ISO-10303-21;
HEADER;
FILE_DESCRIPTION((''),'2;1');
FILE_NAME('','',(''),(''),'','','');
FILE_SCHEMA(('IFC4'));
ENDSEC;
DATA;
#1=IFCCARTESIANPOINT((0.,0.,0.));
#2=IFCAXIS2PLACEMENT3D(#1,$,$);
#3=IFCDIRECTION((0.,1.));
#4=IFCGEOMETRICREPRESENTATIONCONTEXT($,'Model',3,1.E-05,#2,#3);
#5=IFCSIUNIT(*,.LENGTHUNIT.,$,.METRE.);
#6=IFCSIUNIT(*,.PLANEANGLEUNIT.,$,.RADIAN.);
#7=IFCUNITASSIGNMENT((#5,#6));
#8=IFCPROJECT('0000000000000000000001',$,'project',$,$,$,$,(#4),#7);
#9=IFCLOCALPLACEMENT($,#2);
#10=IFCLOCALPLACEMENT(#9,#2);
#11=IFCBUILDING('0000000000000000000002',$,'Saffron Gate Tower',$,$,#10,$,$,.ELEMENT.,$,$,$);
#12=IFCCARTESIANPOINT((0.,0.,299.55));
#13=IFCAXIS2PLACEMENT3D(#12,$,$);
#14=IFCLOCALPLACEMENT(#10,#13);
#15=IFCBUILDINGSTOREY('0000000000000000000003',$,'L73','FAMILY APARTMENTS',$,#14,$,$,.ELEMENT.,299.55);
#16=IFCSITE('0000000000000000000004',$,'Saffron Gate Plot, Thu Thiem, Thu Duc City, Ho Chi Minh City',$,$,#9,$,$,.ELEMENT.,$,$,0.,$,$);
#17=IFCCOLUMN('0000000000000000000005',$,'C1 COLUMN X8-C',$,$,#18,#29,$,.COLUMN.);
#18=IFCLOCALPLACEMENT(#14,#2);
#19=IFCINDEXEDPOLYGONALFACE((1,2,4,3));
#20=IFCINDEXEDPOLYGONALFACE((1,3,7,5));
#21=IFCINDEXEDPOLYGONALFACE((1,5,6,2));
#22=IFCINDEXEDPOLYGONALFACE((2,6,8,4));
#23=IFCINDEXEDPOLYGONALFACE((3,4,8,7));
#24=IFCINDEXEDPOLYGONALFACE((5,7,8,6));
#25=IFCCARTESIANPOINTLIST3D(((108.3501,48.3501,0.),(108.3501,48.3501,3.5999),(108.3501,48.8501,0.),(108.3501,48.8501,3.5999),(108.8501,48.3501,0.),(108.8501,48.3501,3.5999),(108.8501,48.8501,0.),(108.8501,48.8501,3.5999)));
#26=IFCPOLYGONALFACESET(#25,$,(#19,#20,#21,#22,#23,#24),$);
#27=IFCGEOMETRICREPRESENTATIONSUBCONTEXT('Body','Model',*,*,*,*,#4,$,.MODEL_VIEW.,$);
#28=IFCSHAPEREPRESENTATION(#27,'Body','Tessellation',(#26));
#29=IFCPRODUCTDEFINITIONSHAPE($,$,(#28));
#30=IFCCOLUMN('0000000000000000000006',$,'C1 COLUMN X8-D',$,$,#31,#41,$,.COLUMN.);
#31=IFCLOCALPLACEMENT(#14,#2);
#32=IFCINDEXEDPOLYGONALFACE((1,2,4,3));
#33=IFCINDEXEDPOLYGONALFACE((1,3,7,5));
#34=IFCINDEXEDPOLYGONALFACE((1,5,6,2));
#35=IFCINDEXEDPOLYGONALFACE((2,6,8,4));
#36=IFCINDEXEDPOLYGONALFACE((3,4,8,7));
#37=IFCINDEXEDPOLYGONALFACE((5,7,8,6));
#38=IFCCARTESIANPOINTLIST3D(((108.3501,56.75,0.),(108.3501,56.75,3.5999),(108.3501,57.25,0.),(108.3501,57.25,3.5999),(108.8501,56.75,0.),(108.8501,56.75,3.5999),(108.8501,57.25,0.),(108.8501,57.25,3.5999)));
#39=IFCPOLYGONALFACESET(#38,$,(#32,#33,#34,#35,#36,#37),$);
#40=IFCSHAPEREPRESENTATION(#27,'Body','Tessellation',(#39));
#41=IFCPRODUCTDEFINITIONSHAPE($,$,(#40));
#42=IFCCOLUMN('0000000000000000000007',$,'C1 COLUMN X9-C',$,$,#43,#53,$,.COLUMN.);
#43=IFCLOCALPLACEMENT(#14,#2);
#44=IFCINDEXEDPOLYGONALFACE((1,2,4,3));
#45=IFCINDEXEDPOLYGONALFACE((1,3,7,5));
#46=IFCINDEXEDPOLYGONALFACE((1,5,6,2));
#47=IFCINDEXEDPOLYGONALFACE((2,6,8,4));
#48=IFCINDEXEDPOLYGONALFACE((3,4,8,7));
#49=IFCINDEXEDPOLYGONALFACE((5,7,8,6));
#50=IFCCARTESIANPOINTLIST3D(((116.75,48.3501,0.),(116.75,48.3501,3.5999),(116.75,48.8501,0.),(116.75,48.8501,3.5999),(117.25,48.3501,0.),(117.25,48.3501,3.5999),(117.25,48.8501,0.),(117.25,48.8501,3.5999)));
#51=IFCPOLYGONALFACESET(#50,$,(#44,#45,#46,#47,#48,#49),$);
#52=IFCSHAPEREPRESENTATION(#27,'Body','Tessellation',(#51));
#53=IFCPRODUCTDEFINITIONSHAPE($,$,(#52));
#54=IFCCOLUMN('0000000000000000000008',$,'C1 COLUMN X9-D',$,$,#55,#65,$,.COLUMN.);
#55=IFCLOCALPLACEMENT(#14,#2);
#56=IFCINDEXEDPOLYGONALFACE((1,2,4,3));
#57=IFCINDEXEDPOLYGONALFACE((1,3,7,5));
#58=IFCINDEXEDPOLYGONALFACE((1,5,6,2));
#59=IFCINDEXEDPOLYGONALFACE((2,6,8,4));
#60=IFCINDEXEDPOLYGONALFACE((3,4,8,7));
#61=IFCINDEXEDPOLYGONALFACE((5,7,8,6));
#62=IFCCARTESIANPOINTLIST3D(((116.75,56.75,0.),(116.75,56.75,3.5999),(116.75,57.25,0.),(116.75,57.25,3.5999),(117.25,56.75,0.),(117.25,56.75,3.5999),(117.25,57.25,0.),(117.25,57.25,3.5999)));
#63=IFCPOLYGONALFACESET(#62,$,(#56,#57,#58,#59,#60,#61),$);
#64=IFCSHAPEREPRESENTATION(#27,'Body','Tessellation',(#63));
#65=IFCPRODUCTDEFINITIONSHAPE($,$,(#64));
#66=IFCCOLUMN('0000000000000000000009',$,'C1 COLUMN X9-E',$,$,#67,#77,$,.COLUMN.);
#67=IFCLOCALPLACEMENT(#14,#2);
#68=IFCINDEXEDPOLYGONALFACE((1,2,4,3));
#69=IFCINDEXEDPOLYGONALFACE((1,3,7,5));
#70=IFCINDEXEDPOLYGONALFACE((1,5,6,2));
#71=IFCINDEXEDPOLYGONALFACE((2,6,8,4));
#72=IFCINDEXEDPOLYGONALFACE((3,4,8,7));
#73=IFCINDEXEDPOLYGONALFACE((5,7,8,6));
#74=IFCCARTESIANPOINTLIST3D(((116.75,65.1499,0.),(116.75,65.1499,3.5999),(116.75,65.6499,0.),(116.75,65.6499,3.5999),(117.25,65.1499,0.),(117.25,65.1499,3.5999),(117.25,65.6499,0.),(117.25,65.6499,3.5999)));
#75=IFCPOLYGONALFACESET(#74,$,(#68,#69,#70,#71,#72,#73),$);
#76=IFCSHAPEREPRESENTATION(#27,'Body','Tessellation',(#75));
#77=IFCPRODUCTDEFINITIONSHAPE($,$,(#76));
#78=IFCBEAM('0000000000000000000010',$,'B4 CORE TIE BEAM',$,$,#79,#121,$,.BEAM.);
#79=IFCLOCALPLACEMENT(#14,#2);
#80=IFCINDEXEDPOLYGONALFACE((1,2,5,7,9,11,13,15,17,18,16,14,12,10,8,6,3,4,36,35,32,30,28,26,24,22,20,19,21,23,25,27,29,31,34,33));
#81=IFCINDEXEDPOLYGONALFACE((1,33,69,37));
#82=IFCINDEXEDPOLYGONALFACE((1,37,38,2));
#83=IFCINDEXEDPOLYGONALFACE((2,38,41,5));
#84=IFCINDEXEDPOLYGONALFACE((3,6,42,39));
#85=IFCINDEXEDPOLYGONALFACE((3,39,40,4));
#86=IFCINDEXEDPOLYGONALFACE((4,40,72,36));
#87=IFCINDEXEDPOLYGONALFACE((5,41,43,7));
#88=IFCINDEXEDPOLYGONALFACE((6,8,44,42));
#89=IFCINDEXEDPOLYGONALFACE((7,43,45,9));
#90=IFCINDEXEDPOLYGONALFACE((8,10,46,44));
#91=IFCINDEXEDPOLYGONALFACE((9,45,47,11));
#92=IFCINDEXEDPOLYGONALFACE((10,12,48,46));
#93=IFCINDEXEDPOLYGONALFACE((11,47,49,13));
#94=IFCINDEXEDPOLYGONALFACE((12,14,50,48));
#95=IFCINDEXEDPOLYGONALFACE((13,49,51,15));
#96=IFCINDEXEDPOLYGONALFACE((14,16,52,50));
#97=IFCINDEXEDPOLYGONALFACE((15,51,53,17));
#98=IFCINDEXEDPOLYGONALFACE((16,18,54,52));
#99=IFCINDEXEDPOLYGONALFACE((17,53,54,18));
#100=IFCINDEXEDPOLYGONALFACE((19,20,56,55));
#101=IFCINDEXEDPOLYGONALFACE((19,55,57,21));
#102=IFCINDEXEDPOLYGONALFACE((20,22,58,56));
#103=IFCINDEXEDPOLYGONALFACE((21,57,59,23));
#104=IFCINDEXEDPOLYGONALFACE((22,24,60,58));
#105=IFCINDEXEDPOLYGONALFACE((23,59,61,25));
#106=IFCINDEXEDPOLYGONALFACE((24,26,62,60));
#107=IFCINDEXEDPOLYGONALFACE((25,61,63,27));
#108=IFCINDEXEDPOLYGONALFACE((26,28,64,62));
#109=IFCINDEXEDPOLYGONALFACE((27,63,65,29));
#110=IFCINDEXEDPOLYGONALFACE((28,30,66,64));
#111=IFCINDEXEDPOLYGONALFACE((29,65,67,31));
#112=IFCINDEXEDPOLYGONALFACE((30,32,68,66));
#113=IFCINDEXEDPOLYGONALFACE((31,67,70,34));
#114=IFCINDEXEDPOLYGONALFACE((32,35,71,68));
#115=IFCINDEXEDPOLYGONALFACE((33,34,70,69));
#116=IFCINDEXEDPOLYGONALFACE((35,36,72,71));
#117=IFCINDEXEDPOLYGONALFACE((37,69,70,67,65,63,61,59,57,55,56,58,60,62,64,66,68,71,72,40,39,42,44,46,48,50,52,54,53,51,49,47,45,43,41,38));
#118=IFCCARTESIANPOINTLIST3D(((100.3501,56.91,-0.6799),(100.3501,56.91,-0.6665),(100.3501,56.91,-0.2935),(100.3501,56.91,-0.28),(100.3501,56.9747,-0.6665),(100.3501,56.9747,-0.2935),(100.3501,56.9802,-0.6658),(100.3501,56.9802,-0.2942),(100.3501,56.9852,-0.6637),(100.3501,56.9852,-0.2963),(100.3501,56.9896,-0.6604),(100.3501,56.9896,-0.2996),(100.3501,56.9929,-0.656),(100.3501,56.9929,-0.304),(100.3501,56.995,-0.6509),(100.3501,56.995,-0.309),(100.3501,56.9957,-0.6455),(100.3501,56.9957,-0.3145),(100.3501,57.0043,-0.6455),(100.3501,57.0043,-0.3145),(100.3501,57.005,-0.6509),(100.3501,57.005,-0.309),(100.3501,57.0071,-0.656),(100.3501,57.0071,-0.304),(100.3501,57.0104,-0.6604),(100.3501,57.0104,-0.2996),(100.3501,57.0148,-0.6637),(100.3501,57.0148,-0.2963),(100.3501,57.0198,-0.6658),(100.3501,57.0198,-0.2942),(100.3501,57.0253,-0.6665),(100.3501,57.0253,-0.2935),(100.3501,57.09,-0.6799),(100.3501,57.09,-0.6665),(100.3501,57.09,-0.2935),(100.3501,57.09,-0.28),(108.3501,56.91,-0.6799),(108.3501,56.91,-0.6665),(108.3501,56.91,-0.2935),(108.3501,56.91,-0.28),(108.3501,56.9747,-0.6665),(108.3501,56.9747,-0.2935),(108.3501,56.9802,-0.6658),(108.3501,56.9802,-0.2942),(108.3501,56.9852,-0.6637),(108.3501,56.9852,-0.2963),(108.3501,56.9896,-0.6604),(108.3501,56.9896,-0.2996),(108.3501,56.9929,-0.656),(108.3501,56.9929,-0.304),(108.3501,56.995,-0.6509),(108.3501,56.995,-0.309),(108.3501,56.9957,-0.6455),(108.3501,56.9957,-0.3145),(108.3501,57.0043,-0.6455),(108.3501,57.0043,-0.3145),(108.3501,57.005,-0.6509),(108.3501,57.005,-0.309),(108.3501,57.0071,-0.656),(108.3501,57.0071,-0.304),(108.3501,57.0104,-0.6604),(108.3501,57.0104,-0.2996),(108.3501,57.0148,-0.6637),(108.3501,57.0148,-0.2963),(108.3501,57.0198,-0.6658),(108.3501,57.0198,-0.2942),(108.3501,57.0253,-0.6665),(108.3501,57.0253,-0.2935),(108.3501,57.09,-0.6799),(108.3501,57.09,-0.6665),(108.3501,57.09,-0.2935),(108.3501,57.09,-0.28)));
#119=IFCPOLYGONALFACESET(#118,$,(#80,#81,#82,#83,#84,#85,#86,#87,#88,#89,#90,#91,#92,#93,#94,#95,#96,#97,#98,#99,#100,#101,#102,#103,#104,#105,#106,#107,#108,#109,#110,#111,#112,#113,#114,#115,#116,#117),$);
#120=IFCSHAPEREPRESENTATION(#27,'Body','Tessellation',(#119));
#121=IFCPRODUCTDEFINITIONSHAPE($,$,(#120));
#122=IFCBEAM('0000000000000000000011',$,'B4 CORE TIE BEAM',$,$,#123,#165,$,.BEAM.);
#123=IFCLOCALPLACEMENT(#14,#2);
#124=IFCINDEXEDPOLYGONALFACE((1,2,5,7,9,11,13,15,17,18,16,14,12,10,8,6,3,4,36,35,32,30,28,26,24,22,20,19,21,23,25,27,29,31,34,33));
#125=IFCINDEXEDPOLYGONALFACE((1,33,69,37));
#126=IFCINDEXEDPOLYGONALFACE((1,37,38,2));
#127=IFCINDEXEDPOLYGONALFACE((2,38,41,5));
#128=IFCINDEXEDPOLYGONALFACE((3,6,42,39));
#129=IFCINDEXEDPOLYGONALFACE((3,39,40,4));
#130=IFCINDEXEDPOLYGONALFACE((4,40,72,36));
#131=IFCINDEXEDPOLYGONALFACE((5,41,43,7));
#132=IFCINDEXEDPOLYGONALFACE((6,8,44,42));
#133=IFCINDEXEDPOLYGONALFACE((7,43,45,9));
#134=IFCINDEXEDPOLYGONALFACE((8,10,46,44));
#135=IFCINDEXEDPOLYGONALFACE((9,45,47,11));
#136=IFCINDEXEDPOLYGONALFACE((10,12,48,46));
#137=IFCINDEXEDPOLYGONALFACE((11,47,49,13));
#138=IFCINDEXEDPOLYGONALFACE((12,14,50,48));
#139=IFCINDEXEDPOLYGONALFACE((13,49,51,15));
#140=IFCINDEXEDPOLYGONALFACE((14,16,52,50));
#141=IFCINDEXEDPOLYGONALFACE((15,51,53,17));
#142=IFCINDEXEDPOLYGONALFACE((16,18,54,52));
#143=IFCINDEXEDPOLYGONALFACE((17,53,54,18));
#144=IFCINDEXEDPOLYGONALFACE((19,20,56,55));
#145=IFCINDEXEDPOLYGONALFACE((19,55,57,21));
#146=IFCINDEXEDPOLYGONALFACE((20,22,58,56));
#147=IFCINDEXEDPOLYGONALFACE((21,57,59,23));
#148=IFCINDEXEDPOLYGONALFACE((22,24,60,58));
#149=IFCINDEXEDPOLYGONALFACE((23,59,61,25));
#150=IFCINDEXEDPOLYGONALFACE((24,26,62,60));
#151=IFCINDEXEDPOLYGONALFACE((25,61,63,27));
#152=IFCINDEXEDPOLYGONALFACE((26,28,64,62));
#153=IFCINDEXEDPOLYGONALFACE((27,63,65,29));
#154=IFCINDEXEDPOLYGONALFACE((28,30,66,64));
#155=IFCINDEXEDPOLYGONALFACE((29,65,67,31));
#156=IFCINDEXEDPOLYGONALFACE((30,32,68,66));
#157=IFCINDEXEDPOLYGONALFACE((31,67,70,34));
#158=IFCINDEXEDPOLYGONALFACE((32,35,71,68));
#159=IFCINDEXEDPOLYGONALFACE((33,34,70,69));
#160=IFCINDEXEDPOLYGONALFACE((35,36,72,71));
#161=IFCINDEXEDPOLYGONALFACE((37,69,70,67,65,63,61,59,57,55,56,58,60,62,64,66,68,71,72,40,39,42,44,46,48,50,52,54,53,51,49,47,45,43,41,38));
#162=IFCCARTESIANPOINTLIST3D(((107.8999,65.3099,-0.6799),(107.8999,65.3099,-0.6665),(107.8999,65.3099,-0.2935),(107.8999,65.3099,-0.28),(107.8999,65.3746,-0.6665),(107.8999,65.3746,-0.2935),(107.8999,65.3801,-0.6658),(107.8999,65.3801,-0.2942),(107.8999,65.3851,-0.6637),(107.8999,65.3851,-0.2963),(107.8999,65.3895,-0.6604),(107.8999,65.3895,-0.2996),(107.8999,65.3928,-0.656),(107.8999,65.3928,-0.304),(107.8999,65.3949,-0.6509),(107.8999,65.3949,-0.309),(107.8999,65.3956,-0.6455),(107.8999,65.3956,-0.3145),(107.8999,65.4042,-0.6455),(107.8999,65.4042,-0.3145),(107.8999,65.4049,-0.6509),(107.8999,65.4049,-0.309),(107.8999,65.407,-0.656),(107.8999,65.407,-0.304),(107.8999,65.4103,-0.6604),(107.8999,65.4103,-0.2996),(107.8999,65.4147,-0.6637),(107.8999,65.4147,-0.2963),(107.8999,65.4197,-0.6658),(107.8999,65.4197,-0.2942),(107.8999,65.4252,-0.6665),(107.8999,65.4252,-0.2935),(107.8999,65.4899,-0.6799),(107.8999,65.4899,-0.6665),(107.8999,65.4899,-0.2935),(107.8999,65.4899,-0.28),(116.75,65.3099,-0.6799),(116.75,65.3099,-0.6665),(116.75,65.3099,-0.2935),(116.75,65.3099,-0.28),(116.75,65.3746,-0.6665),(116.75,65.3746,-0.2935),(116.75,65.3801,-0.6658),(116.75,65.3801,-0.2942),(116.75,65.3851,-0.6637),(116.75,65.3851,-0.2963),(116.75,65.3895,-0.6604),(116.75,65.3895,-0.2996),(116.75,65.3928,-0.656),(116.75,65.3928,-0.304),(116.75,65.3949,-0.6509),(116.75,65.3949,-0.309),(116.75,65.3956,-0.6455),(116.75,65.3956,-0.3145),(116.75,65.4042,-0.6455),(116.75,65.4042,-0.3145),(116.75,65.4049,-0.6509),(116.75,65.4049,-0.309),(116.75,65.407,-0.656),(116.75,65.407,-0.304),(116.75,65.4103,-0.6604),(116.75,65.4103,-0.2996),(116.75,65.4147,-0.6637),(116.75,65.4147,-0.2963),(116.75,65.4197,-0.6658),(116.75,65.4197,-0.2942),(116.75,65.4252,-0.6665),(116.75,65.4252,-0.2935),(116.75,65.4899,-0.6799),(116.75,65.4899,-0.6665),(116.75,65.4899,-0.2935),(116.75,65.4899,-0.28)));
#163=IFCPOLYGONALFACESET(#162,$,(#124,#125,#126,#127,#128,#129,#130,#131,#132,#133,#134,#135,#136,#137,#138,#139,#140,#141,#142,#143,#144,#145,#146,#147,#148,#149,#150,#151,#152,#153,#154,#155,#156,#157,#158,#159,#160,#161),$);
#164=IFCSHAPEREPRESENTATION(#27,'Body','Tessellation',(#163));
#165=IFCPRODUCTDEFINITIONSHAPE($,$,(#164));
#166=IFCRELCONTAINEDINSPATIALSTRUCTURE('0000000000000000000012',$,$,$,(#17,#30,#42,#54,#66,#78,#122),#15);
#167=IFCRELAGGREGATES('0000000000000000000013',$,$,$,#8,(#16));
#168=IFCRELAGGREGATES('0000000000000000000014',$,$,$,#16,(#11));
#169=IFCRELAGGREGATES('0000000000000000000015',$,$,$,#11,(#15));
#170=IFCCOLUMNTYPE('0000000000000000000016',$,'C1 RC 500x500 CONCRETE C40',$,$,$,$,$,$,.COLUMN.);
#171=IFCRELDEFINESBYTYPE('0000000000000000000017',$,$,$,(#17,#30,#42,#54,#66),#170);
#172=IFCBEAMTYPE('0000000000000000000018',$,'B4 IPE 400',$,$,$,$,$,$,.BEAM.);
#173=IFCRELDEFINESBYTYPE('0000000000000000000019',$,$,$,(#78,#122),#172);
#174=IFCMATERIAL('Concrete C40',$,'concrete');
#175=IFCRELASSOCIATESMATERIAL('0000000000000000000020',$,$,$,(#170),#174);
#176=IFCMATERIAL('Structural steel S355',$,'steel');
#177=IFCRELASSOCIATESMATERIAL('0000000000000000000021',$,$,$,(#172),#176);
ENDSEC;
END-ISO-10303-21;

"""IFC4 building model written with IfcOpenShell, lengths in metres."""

from ifc_helpers import new_model, si_unit, direction, frame, origin, origin_2d, place, context, subcontext, project, spatial, rectangle, i_section, extrude, material, material_profile, profile_set, type_object, element, save


model = new_model("IFC4")

# Units and contexts
model_context = context("Model", 3, precision=1e-05, world=origin(), true_north=direction((0.0, 1.0)))
body_context = subcontext(model_context, "Body", "Model", "MODEL_VIEW")
ifc_project = project(units=[si_unit("LENGTHUNIT", "METRE"), si_unit("PLANEANGLEUNIT", "RADIAN")], contexts=[model_context])

# Site, building, storey
site_placement = place(None, origin())
site = spatial("IfcSite", under=ifc_project, at=site_placement, Name="Saffron Gate Plot, Thu Thiem, Thu Duc City, Ho Chi Minh City", CompositionType="ELEMENT", RefElevation=0.0)
building_placement = place(site_placement, origin())
building = spatial("IfcBuilding", under=site, at=building_placement, Name="Saffron Gate Tower", CompositionType="ELEMENT")
storey_placement = place(building_placement, frame((0.0, 0.0, 299.55)))
storey = spatial("IfcBuildingStorey", under=building, at=storey_placement, Name="L73", Description="FAMILY APARTMENTS", CompositionType="ELEMENT", Elevation=299.55)

# Columns
ifc_material_1 = material(Name="Concrete C40", Category="concrete")
ifc_material_profile_1 = material_profile(ifc_material_1, rectangle(XDim=0.5, YDim=0.5, at=origin_2d()))
ifc_profile_set_1 = profile_set([ifc_material_profile_1], Name="Concrete C40")
column_type = type_object("IfcColumnType", Name="C1 RC 500x500 CONCRETE C40", PredefinedType="COLUMN", material=ifc_profile_set_1)
for number, where, z_axis, x_axis, name in (
    (1, (108.6001, 48.6001, 0.0), (0.0, 0.0, 1.0), (1.0, 0.0, 0.0), "C1 COLUMN X8-C"),
    (2, (108.6001, 57.0, 0.0), (0.0, 0.0, 1.0), (1.0, 0.0, 0.0), "C1 COLUMN X8-D"),
    (3, (117.0, 48.6001, 0.0), (0.0, 0.0, 1.0), (1.0, 0.0, 0.0), "C1 COLUMN X9-C"),
    (4, (117.0, 57.0, 0.0), (0.0, 0.0, 1.0), (1.0, 0.0, 0.0), "C1 COLUMN X9-D"),
    (5, (117.0, 65.3999, 0.0), (0.0, 0.0, 1.0), (1.0, 0.0, 0.0), "C1 COLUMN X9-E"),
):
    element("IfcColumn", number, at=place(storey_placement, frame(where, z_axis=z_axis, x_axis=x_axis)), inside=storey, type_object=column_type, Name=name, PredefinedType="COLUMN", context=body_context, shape_type="SweptSolid", body=[
        extrude(rectangle(XDim=0.5, YDim=0.5, at=origin_2d()), origin(), (0.0, 0.0, 1.0), 3.5999),
    ])

# Beams
ifc_material_2 = material(Name="Structural steel S355", Category="steel")
ifc_material_profile_2 = material_profile(ifc_material_2, i_section(OverallWidth=0.1799, OverallDepth=0.3999, WebThickness=0.0085, FlangeThickness=0.0134, FilletRadius=0.021, at=origin_2d()))
ifc_profile_set_2 = profile_set([ifc_material_profile_2], Name="Structural steel S355")
beam_type_1 = type_object("IfcBeamType", Name="B4 IPE 400", PredefinedType="BEAM", material=ifc_profile_set_2)
beam_1_placement = place(storey_placement, frame((108.3501, 57.0, -0.48), z_axis=(-1.0, 0.0, 0.0), x_axis=(0.0, -1.0, 0.0)))
element("IfcBeam", 6, at=beam_1_placement, inside=storey, type_object=beam_type_1, Name="B4 CORE TIE BEAM", PredefinedType="BEAM", context=body_context, shape_type="SweptSolid", body=[
    extrude(i_section(OverallWidth=0.1799, OverallDepth=0.3999, WebThickness=0.0085, FlangeThickness=0.0134, FilletRadius=0.021, at=origin_2d()), origin(), (0.0, 0.0, 1.0), 8.0),
])
beam_2_placement = place(storey_placement, frame((116.75, 65.3999, -0.48), z_axis=(-1.0, 0.0, 0.0), x_axis=(0.0, -1.0, 0.0)))
element("IfcBeam", 7, at=beam_2_placement, inside=storey, type_object=beam_type_1, Name="B4 CORE TIE BEAM", PredefinedType="BEAM", context=body_context, shape_type="SweptSolid", body=[
    extrude(i_section(OverallWidth=0.1799, OverallDepth=0.3999, WebThickness=0.0085, FlangeThickness=0.0134, FilletRadius=0.021, at=origin_2d()), origin(), (0.0, 0.0, 1.0), 8.8501),
])

save(model, "model.ifc")
